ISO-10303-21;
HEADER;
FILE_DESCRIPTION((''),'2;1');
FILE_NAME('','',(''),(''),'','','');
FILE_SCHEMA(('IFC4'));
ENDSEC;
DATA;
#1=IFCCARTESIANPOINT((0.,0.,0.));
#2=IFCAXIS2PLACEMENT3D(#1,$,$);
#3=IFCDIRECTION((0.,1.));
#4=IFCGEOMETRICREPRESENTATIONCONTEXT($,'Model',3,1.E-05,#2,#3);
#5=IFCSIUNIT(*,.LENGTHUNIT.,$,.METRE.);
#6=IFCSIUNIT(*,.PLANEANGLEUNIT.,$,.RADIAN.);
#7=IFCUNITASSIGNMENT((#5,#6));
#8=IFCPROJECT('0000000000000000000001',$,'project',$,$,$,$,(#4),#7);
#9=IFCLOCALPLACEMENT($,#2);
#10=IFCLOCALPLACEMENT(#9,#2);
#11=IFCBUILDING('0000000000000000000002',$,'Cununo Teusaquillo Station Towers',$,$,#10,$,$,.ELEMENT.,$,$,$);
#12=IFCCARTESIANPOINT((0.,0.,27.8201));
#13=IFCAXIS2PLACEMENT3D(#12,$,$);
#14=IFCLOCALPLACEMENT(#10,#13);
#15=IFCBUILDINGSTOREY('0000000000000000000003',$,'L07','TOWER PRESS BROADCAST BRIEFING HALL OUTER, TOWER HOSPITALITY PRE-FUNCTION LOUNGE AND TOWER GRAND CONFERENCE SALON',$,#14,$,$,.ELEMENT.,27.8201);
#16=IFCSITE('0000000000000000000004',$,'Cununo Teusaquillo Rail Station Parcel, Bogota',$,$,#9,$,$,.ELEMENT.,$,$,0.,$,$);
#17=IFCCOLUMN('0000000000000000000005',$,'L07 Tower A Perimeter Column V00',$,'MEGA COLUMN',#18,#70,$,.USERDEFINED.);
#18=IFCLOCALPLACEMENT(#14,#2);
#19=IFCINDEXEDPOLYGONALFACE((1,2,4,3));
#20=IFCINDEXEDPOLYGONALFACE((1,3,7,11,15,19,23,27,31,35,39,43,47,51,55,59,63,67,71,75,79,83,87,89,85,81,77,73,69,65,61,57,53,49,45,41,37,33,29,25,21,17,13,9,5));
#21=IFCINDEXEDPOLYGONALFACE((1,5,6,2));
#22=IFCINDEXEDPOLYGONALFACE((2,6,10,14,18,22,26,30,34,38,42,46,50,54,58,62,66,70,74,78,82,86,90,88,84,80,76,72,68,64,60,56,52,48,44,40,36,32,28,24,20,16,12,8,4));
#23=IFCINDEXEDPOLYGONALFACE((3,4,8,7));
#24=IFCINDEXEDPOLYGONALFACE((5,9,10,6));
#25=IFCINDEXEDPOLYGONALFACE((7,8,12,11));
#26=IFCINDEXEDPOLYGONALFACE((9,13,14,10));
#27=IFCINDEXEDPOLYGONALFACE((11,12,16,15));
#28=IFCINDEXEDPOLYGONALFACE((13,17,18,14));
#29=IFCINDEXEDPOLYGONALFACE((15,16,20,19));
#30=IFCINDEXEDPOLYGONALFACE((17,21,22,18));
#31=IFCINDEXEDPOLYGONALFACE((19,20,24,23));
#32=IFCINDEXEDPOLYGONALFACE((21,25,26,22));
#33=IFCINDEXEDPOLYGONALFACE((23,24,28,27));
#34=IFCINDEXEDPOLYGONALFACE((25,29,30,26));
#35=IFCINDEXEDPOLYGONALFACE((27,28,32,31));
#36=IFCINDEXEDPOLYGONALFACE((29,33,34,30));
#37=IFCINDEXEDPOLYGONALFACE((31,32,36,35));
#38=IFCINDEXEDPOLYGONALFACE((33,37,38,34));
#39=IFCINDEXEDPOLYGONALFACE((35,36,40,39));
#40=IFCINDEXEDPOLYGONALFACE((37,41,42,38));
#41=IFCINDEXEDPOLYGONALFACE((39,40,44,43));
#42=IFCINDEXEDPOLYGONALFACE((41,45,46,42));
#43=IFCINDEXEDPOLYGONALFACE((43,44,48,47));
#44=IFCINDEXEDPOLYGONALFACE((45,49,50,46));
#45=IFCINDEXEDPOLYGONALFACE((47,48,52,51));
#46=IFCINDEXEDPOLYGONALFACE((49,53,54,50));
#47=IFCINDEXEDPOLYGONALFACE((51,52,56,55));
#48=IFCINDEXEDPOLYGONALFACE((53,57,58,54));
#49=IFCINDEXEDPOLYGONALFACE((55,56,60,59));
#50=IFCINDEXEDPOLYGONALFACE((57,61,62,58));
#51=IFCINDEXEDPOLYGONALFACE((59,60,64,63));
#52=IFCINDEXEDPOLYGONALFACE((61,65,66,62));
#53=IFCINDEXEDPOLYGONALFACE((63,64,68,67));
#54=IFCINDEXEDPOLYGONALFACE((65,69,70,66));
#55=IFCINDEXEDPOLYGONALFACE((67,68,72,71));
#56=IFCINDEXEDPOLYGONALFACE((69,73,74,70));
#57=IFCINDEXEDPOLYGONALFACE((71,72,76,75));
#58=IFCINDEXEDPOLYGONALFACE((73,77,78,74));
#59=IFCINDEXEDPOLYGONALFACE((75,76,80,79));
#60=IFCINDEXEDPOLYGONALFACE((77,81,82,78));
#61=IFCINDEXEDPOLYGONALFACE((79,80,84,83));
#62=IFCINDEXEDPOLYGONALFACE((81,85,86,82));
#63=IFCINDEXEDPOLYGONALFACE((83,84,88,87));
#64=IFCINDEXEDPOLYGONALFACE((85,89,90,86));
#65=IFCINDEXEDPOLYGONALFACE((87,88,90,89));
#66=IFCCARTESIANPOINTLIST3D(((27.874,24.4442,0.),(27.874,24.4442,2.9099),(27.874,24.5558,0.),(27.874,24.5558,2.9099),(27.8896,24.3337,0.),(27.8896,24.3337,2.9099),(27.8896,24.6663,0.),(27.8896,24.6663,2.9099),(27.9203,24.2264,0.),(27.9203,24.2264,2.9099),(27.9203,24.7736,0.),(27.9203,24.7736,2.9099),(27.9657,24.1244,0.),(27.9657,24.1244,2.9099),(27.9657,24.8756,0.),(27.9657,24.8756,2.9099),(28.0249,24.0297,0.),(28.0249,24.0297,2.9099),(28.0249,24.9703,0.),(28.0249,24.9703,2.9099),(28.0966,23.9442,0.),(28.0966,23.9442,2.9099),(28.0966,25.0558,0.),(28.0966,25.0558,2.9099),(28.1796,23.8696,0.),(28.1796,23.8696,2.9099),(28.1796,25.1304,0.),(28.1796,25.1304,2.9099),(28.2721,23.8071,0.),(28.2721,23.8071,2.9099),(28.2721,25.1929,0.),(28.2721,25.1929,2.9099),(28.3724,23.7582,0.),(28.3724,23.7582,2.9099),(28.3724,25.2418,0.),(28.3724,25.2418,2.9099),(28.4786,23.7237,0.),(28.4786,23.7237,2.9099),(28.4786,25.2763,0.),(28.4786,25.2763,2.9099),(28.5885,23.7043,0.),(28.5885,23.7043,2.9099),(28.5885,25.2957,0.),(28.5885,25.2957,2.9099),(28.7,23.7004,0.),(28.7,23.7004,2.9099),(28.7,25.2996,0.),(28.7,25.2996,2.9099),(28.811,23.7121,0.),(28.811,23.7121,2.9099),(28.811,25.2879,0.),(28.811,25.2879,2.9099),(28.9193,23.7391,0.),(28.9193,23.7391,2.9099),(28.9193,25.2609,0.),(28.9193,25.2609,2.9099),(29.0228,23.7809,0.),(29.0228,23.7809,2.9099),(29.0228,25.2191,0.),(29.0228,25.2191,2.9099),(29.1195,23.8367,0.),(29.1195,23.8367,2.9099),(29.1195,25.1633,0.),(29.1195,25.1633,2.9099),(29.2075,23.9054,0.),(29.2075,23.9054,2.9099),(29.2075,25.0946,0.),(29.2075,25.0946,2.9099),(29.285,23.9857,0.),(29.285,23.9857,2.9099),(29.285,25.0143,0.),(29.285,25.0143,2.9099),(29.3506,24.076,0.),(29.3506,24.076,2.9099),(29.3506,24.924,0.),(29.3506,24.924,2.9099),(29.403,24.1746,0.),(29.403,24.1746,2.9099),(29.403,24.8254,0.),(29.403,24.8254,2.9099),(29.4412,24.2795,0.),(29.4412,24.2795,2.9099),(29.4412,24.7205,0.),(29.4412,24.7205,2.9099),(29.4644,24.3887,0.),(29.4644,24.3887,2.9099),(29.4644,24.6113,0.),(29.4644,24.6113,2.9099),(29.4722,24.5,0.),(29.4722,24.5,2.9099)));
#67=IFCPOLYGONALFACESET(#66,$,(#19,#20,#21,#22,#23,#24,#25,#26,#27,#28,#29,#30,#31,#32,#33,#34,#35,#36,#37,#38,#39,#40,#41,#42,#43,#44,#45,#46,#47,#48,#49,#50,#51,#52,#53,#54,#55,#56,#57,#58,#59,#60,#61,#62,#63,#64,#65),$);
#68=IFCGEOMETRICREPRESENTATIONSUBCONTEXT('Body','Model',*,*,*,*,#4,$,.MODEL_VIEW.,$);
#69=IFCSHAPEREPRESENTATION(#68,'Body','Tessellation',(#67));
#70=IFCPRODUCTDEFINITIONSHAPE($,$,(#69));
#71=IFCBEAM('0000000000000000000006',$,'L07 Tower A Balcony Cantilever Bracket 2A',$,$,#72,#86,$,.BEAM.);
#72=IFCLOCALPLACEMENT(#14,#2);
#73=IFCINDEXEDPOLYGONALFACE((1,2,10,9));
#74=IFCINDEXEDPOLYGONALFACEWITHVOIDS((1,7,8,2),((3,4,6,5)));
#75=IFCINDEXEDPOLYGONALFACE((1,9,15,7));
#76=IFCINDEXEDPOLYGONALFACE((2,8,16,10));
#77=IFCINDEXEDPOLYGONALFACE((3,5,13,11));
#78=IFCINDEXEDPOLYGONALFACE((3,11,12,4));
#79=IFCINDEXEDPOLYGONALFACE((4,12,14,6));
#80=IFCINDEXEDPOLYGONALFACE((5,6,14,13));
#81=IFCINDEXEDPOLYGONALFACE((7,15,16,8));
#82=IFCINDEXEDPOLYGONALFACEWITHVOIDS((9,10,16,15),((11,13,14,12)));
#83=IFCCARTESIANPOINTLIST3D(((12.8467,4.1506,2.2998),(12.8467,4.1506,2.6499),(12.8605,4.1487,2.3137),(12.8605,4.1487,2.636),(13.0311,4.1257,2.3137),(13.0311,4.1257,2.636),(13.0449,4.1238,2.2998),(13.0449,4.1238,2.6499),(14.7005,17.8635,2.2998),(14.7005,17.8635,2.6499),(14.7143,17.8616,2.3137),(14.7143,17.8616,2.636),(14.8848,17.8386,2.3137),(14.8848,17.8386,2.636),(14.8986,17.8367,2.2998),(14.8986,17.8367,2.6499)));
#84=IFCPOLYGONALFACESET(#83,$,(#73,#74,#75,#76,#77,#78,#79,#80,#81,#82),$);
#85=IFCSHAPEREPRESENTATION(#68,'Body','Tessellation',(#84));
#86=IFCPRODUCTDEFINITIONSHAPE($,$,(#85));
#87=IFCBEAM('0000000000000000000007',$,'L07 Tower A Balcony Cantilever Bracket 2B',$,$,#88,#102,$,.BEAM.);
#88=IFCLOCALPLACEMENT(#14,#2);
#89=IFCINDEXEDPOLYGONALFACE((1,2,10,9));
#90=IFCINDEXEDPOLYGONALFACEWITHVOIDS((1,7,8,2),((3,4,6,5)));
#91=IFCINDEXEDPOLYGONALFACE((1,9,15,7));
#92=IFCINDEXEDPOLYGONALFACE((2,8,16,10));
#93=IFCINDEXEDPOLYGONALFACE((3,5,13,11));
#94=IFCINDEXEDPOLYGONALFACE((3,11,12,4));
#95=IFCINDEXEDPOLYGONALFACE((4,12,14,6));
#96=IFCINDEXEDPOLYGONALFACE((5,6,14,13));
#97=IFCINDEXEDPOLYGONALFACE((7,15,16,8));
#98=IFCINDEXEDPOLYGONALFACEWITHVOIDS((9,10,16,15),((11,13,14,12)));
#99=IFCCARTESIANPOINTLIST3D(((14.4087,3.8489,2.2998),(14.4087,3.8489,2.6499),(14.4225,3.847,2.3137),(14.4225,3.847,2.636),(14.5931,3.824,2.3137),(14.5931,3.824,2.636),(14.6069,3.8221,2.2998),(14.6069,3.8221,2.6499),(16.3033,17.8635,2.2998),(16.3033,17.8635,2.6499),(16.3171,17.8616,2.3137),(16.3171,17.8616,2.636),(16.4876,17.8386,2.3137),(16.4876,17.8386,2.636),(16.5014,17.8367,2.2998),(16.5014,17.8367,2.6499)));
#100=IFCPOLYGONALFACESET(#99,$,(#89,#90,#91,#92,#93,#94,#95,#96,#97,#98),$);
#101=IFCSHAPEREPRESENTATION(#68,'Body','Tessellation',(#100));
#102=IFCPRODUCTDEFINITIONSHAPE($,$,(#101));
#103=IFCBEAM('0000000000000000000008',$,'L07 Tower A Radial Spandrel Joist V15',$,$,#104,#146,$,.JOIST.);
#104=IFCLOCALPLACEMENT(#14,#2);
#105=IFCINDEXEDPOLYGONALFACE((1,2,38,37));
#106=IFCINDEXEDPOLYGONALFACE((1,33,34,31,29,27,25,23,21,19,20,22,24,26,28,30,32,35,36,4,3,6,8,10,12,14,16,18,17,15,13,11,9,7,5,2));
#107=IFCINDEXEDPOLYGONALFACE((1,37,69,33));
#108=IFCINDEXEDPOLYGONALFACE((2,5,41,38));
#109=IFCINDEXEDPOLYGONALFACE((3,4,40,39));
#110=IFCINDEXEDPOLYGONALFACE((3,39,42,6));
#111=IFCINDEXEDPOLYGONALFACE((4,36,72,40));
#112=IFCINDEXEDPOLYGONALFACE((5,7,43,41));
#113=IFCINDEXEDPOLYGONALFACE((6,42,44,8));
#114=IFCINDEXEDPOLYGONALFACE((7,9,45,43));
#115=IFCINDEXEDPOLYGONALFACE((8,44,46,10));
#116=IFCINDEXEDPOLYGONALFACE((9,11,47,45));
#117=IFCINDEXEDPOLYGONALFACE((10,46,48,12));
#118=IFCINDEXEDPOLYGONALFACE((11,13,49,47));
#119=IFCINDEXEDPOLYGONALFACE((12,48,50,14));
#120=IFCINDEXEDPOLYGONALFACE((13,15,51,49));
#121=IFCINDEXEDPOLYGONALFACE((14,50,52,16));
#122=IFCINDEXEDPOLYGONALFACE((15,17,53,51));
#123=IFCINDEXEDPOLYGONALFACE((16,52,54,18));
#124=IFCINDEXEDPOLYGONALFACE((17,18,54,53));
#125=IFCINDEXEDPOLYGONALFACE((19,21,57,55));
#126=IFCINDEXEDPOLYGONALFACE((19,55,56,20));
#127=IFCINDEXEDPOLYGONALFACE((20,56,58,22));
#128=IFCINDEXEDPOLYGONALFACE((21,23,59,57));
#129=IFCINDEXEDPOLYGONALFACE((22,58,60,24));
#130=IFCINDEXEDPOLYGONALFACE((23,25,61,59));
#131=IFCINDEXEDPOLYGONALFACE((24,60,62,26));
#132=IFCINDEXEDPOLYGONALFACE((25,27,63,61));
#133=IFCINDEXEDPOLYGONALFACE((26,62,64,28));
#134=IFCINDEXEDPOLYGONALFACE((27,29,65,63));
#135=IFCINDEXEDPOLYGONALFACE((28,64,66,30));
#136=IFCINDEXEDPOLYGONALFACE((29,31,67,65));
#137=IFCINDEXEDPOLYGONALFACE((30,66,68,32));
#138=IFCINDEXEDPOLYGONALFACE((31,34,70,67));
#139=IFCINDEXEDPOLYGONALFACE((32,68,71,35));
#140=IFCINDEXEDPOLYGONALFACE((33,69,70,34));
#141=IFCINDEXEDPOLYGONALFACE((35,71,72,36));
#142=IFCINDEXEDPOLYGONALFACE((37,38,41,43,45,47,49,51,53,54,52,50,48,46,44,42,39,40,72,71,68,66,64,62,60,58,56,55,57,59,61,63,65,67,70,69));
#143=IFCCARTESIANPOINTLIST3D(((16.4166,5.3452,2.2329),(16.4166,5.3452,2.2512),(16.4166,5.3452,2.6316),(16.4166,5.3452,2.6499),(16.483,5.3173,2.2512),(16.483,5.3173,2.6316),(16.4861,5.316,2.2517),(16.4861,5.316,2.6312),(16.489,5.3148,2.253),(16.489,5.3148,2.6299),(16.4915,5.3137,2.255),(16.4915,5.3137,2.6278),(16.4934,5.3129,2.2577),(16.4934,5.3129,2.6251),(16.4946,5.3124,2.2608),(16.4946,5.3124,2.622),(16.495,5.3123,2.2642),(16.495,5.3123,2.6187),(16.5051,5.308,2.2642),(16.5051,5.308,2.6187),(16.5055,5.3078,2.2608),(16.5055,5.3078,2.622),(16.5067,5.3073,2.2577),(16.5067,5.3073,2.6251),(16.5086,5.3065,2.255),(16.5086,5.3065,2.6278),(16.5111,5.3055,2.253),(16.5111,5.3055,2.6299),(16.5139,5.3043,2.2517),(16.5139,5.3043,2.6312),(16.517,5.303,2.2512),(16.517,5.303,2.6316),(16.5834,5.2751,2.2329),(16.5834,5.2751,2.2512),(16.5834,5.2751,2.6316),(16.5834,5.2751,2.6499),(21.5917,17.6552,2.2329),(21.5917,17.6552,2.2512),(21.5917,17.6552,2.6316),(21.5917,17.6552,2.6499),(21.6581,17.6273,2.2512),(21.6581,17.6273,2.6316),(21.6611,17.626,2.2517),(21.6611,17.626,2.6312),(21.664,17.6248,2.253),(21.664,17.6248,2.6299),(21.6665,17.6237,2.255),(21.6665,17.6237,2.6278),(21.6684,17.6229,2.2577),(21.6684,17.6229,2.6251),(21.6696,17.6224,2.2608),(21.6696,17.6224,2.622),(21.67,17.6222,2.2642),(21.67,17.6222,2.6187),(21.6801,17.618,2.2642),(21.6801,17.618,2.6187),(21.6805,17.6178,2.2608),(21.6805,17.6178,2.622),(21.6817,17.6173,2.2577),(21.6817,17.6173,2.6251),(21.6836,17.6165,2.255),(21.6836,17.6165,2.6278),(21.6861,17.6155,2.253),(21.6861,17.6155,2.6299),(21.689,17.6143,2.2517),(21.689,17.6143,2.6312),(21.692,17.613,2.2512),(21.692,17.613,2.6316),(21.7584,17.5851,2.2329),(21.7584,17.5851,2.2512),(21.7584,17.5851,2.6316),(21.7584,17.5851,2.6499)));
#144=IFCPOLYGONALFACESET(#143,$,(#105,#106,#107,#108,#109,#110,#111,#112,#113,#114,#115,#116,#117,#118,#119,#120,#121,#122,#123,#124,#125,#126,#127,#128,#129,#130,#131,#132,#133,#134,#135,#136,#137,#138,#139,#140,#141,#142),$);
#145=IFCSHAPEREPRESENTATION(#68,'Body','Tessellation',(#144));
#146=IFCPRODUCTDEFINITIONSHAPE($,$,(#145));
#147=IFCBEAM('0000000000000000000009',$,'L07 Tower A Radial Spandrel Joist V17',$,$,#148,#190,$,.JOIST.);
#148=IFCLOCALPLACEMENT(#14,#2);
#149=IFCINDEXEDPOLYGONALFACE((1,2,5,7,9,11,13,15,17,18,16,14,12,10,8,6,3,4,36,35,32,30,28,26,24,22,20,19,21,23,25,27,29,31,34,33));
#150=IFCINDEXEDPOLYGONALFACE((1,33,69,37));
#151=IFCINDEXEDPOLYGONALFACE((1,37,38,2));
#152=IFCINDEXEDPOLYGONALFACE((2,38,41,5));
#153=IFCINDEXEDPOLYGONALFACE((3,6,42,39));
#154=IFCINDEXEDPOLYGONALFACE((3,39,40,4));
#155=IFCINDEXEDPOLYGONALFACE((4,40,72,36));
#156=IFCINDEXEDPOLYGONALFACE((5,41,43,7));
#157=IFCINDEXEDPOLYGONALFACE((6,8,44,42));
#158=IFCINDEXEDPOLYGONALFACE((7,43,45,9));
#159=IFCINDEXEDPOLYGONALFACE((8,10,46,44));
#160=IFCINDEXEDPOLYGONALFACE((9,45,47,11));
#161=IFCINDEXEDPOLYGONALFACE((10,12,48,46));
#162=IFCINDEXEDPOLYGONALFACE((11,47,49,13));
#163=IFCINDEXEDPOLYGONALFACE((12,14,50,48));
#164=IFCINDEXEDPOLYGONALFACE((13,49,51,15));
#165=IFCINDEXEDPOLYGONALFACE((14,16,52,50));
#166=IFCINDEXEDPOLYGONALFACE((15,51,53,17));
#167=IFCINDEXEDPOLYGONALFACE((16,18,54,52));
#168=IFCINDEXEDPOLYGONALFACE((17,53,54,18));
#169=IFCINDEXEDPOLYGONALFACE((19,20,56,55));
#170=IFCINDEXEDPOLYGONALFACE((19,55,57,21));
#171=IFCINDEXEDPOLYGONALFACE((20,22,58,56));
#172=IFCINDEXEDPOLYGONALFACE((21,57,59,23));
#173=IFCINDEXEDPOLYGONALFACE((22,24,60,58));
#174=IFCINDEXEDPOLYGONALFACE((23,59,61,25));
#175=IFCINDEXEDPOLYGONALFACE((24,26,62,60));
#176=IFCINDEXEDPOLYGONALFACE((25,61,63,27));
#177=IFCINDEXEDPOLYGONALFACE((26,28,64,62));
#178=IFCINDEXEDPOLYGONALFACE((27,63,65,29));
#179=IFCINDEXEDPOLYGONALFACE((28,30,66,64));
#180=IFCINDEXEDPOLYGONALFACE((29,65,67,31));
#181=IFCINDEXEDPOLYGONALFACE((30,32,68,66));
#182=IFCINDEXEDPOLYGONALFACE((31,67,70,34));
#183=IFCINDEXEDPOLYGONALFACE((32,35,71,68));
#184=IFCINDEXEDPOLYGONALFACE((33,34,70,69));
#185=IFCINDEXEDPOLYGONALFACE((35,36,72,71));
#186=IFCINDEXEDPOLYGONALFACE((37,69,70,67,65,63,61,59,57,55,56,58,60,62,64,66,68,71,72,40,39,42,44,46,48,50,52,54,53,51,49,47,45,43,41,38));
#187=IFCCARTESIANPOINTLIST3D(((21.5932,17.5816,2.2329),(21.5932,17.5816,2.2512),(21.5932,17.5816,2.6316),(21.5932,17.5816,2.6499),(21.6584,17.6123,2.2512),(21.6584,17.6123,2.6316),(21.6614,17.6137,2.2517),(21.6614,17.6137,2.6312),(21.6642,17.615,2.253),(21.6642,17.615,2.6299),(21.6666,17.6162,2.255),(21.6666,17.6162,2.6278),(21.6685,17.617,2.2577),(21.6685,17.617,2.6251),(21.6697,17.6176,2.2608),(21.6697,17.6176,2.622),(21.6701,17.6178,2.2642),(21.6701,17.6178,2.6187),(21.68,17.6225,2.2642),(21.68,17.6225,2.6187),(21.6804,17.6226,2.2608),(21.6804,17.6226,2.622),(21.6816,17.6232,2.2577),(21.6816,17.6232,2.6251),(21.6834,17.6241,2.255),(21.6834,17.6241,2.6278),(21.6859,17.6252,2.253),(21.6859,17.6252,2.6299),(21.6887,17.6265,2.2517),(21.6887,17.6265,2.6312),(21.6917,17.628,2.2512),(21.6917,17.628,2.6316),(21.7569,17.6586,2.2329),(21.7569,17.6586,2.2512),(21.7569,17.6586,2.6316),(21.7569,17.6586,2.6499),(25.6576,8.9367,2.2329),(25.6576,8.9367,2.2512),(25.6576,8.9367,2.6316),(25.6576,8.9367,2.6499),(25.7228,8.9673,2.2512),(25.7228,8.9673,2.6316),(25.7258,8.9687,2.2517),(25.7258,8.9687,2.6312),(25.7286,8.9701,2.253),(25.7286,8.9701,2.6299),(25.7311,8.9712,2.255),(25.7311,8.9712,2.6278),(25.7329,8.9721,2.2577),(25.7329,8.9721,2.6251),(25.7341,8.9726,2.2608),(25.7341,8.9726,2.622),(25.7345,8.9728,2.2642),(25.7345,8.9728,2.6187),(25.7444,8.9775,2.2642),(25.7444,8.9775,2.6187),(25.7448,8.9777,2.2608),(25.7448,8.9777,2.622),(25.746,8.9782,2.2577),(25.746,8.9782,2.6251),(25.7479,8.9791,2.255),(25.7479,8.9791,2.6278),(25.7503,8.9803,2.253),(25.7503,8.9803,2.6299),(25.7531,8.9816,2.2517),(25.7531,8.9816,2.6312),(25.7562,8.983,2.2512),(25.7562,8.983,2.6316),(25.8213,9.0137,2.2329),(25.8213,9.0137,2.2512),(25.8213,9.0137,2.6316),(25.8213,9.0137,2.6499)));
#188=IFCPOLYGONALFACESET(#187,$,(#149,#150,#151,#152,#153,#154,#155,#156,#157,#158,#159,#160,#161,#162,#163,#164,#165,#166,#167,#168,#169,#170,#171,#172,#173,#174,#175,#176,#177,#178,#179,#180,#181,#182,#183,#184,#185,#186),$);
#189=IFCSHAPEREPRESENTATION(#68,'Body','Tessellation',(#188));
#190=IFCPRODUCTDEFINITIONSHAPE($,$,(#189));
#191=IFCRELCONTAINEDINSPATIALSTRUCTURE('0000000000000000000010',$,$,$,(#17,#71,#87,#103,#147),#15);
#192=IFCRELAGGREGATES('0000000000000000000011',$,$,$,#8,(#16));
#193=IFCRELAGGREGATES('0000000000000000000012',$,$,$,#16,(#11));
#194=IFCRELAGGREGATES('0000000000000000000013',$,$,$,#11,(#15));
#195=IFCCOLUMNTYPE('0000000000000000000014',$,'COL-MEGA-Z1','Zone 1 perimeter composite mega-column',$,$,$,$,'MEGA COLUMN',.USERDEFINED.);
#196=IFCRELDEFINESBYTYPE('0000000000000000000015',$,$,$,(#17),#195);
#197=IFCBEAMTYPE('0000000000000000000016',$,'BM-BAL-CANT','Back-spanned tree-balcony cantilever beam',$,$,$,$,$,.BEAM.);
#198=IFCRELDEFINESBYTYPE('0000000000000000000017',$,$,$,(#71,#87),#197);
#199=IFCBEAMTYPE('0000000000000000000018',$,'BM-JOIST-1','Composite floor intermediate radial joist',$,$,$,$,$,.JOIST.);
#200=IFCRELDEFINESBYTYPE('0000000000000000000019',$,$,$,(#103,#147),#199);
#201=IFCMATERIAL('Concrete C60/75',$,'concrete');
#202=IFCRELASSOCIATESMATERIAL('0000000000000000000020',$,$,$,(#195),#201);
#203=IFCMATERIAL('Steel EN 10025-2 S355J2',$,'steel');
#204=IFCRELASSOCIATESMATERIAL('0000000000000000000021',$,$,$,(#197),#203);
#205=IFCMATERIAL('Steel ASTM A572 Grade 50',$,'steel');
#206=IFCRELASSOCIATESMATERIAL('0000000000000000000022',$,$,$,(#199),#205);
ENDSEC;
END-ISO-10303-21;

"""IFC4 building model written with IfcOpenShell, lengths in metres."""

from ifc_helpers import new_model, si_unit, direction, frame, origin, origin_2d, place, context, subcontext, project, spatial, hollow_rectangle, circle, i_section, extrude, material, material_profile, profile_set, type_object, element, save


model = new_model("IFC4")

# Units and contexts
model_context = context("Model", 3, precision=1e-05, world=origin(), true_north=direction((0.0, 1.0)))
body_context = subcontext(model_context, "Body", "Model", "MODEL_VIEW")
ifc_project = project(units=[si_unit("LENGTHUNIT", "METRE"), si_unit("PLANEANGLEUNIT", "RADIAN")], contexts=[model_context])

# Site, building, storey
site_placement = place(None, origin())
site = spatial("IfcSite", under=ifc_project, at=site_placement, Name="Cununo Teusaquillo Rail Station Parcel, Bogota", CompositionType="ELEMENT", RefElevation=0.0)
building_placement = place(site_placement, origin())
building = spatial("IfcBuilding", under=site, at=building_placement, Name="Cununo Teusaquillo Station Towers", CompositionType="ELEMENT")
storey_placement = place(building_placement, frame((0.0, 0.0, 27.8201)))
storey = spatial("IfcBuildingStorey", under=building, at=storey_placement, Name="L07", Description="TOWER PRESS BROADCAST BRIEFING HALL OUTER, TOWER HOSPITALITY PRE-FUNCTION LOUNGE AND TOWER GRAND CONFERENCE SALON", CompositionType="ELEMENT", Elevation=27.8201)

# Column
ifc_material_1 = material(Name="Concrete C60/75", Category="concrete")
ifc_material_profile_1 = material_profile(ifc_material_1, circle(Radius=0.8, at=origin_2d()), Name="RC-CIRC-1600")
ifc_profile_set_1 = profile_set([ifc_material_profile_1], Name="Concrete C60/75")
column_type = type_object("IfcColumnType", Name="COL-MEGA-Z1", Description="Zone 1 perimeter composite mega-column", ElementType="MEGA COLUMN", PredefinedType="USERDEFINED", material=ifc_profile_set_1)
column_placement = place(storey_placement, frame((28.6721, 24.5, 0.0), z_axis=(0.0, 0.0, 1.0), x_axis=(1.0, 0.0, 0.0)))
element("IfcColumn", 1, at=column_placement, inside=storey, type_object=column_type, Name="L07 Tower A Perimeter Column V00", ObjectType="MEGA COLUMN", PredefinedType="USERDEFINED", context=body_context, shape_type="SweptSolid", body=[
    extrude(circle(Radius=0.8, at=origin_2d()), origin(), (0.0, 0.0, 1.0), 2.9099),
])

# Beams
ifc_material_2 = material(Name="Steel EN 10025-2 S355J2", Category="steel")
ifc_material_profile_2 = material_profile(ifc_material_2, hollow_rectangle(XDim=0.2, YDim=0.3501, WallThickness=0.0139, at=origin_2d()), Name="RHS 350x200x14")
ifc_profile_set_2 = profile_set([ifc_material_profile_2], Name="Steel EN 10025-2 S355J2")
beam_type_1 = type_object("IfcBeamType", Name="BM-BAL-CANT", Description="Back-spanned tree-balcony cantilever beam", PredefinedType="BEAM", material=ifc_profile_set_2)
beam_1_placement = place(storey_placement, frame((14.7996, 17.8501, 2.4749), z_axis=(-0.133965, -0.990986, 0.0), x_axis=(0.990986, -0.133965, 0.0)))
element("IfcBeam", 2, at=beam_1_placement, inside=storey, type_object=beam_type_1, Name="L07 Tower A Balcony Cantilever Bracket 2A", PredefinedType="BEAM", context=body_context, shape_type="SweptSolid", body=[
    extrude(hollow_rectangle(XDim=0.2, YDim=0.3501, WallThickness=0.0139, at=origin_2d()), origin(), (0.0, 0.0, 1.0), 13.8376),
])
beam_2_placement = place(storey_placement, frame((16.4023, 17.8501, 2.4749), z_axis=(-0.133964, -0.990986, 0.0), x_axis=(0.990986, -0.133964, 0.0)))
element("IfcBeam", 3, at=beam_2_placement, inside=storey, type_object=beam_type_1, Name="L07 Tower A Balcony Cantilever Bracket 2B", PredefinedType="BEAM", context=body_context, shape_type="SweptSolid", body=[
    extrude(hollow_rectangle(XDim=0.2, YDim=0.3501, WallThickness=0.0139, at=origin_2d()), origin(), (0.0, 0.0, 1.0), 14.1421),
])
ifc_material_3 = material(Name="Steel ASTM A572 Grade 50", Category="steel")
ifc_material_profile_3 = material_profile(ifc_material_3, i_section(OverallWidth=0.1809, OverallDepth=0.417, WebThickness=0.011, FlangeThickness=0.0183, FilletRadius=0.0129, at=origin_2d()), Name="W16X57")
ifc_profile_set_3 = profile_set([ifc_material_profile_3], Name="Steel ASTM A572 Grade 50")
beam_type_2 = type_object("IfcBeamType", Name="BM-JOIST-1", Description="Composite floor intermediate radial joist", PredefinedType="JOIST", material=ifc_profile_set_3)
beam_3_placement = place(storey_placement, frame((21.675, 17.6201, 2.4414), z_axis=(-0.38754, -0.921853, 0.0), x_axis=(0.921853, -0.38754, 0.0)))
element("IfcBeam", 4, at=beam_3_placement, inside=storey, type_object=beam_type_2, Name="L07 Tower A Radial Spandrel Joist V15", PredefinedType="JOIST", context=body_context, shape_type="SweptSolid", body=[
    extrude(i_section(OverallWidth=0.1809, OverallDepth=0.417, WebThickness=0.011, FlangeThickness=0.0183, FilletRadius=0.0129, at=origin_2d()), origin(), (0.0, 0.0, 1.0), 13.3535),
])
beam_4_placement = place(storey_placement, frame((21.675, 17.6201, 2.4414), z_axis=(0.425472, -0.904972, 0.0), x_axis=(0.904972, 0.425472, 0.0)))
element("IfcBeam", 5, at=beam_4_placement, inside=storey, type_object=beam_type_2, Name="L07 Tower A Radial Spandrel Joist V17", PredefinedType="JOIST", context=body_context, shape_type="SweptSolid", body=[
    extrude(i_section(OverallWidth=0.1809, OverallDepth=0.417, WebThickness=0.011, FlangeThickness=0.0183, FilletRadius=0.0129, at=origin_2d()), origin(), (0.0, 0.0, 1.0), 9.5527),
])

save(model, "model.ifc")
